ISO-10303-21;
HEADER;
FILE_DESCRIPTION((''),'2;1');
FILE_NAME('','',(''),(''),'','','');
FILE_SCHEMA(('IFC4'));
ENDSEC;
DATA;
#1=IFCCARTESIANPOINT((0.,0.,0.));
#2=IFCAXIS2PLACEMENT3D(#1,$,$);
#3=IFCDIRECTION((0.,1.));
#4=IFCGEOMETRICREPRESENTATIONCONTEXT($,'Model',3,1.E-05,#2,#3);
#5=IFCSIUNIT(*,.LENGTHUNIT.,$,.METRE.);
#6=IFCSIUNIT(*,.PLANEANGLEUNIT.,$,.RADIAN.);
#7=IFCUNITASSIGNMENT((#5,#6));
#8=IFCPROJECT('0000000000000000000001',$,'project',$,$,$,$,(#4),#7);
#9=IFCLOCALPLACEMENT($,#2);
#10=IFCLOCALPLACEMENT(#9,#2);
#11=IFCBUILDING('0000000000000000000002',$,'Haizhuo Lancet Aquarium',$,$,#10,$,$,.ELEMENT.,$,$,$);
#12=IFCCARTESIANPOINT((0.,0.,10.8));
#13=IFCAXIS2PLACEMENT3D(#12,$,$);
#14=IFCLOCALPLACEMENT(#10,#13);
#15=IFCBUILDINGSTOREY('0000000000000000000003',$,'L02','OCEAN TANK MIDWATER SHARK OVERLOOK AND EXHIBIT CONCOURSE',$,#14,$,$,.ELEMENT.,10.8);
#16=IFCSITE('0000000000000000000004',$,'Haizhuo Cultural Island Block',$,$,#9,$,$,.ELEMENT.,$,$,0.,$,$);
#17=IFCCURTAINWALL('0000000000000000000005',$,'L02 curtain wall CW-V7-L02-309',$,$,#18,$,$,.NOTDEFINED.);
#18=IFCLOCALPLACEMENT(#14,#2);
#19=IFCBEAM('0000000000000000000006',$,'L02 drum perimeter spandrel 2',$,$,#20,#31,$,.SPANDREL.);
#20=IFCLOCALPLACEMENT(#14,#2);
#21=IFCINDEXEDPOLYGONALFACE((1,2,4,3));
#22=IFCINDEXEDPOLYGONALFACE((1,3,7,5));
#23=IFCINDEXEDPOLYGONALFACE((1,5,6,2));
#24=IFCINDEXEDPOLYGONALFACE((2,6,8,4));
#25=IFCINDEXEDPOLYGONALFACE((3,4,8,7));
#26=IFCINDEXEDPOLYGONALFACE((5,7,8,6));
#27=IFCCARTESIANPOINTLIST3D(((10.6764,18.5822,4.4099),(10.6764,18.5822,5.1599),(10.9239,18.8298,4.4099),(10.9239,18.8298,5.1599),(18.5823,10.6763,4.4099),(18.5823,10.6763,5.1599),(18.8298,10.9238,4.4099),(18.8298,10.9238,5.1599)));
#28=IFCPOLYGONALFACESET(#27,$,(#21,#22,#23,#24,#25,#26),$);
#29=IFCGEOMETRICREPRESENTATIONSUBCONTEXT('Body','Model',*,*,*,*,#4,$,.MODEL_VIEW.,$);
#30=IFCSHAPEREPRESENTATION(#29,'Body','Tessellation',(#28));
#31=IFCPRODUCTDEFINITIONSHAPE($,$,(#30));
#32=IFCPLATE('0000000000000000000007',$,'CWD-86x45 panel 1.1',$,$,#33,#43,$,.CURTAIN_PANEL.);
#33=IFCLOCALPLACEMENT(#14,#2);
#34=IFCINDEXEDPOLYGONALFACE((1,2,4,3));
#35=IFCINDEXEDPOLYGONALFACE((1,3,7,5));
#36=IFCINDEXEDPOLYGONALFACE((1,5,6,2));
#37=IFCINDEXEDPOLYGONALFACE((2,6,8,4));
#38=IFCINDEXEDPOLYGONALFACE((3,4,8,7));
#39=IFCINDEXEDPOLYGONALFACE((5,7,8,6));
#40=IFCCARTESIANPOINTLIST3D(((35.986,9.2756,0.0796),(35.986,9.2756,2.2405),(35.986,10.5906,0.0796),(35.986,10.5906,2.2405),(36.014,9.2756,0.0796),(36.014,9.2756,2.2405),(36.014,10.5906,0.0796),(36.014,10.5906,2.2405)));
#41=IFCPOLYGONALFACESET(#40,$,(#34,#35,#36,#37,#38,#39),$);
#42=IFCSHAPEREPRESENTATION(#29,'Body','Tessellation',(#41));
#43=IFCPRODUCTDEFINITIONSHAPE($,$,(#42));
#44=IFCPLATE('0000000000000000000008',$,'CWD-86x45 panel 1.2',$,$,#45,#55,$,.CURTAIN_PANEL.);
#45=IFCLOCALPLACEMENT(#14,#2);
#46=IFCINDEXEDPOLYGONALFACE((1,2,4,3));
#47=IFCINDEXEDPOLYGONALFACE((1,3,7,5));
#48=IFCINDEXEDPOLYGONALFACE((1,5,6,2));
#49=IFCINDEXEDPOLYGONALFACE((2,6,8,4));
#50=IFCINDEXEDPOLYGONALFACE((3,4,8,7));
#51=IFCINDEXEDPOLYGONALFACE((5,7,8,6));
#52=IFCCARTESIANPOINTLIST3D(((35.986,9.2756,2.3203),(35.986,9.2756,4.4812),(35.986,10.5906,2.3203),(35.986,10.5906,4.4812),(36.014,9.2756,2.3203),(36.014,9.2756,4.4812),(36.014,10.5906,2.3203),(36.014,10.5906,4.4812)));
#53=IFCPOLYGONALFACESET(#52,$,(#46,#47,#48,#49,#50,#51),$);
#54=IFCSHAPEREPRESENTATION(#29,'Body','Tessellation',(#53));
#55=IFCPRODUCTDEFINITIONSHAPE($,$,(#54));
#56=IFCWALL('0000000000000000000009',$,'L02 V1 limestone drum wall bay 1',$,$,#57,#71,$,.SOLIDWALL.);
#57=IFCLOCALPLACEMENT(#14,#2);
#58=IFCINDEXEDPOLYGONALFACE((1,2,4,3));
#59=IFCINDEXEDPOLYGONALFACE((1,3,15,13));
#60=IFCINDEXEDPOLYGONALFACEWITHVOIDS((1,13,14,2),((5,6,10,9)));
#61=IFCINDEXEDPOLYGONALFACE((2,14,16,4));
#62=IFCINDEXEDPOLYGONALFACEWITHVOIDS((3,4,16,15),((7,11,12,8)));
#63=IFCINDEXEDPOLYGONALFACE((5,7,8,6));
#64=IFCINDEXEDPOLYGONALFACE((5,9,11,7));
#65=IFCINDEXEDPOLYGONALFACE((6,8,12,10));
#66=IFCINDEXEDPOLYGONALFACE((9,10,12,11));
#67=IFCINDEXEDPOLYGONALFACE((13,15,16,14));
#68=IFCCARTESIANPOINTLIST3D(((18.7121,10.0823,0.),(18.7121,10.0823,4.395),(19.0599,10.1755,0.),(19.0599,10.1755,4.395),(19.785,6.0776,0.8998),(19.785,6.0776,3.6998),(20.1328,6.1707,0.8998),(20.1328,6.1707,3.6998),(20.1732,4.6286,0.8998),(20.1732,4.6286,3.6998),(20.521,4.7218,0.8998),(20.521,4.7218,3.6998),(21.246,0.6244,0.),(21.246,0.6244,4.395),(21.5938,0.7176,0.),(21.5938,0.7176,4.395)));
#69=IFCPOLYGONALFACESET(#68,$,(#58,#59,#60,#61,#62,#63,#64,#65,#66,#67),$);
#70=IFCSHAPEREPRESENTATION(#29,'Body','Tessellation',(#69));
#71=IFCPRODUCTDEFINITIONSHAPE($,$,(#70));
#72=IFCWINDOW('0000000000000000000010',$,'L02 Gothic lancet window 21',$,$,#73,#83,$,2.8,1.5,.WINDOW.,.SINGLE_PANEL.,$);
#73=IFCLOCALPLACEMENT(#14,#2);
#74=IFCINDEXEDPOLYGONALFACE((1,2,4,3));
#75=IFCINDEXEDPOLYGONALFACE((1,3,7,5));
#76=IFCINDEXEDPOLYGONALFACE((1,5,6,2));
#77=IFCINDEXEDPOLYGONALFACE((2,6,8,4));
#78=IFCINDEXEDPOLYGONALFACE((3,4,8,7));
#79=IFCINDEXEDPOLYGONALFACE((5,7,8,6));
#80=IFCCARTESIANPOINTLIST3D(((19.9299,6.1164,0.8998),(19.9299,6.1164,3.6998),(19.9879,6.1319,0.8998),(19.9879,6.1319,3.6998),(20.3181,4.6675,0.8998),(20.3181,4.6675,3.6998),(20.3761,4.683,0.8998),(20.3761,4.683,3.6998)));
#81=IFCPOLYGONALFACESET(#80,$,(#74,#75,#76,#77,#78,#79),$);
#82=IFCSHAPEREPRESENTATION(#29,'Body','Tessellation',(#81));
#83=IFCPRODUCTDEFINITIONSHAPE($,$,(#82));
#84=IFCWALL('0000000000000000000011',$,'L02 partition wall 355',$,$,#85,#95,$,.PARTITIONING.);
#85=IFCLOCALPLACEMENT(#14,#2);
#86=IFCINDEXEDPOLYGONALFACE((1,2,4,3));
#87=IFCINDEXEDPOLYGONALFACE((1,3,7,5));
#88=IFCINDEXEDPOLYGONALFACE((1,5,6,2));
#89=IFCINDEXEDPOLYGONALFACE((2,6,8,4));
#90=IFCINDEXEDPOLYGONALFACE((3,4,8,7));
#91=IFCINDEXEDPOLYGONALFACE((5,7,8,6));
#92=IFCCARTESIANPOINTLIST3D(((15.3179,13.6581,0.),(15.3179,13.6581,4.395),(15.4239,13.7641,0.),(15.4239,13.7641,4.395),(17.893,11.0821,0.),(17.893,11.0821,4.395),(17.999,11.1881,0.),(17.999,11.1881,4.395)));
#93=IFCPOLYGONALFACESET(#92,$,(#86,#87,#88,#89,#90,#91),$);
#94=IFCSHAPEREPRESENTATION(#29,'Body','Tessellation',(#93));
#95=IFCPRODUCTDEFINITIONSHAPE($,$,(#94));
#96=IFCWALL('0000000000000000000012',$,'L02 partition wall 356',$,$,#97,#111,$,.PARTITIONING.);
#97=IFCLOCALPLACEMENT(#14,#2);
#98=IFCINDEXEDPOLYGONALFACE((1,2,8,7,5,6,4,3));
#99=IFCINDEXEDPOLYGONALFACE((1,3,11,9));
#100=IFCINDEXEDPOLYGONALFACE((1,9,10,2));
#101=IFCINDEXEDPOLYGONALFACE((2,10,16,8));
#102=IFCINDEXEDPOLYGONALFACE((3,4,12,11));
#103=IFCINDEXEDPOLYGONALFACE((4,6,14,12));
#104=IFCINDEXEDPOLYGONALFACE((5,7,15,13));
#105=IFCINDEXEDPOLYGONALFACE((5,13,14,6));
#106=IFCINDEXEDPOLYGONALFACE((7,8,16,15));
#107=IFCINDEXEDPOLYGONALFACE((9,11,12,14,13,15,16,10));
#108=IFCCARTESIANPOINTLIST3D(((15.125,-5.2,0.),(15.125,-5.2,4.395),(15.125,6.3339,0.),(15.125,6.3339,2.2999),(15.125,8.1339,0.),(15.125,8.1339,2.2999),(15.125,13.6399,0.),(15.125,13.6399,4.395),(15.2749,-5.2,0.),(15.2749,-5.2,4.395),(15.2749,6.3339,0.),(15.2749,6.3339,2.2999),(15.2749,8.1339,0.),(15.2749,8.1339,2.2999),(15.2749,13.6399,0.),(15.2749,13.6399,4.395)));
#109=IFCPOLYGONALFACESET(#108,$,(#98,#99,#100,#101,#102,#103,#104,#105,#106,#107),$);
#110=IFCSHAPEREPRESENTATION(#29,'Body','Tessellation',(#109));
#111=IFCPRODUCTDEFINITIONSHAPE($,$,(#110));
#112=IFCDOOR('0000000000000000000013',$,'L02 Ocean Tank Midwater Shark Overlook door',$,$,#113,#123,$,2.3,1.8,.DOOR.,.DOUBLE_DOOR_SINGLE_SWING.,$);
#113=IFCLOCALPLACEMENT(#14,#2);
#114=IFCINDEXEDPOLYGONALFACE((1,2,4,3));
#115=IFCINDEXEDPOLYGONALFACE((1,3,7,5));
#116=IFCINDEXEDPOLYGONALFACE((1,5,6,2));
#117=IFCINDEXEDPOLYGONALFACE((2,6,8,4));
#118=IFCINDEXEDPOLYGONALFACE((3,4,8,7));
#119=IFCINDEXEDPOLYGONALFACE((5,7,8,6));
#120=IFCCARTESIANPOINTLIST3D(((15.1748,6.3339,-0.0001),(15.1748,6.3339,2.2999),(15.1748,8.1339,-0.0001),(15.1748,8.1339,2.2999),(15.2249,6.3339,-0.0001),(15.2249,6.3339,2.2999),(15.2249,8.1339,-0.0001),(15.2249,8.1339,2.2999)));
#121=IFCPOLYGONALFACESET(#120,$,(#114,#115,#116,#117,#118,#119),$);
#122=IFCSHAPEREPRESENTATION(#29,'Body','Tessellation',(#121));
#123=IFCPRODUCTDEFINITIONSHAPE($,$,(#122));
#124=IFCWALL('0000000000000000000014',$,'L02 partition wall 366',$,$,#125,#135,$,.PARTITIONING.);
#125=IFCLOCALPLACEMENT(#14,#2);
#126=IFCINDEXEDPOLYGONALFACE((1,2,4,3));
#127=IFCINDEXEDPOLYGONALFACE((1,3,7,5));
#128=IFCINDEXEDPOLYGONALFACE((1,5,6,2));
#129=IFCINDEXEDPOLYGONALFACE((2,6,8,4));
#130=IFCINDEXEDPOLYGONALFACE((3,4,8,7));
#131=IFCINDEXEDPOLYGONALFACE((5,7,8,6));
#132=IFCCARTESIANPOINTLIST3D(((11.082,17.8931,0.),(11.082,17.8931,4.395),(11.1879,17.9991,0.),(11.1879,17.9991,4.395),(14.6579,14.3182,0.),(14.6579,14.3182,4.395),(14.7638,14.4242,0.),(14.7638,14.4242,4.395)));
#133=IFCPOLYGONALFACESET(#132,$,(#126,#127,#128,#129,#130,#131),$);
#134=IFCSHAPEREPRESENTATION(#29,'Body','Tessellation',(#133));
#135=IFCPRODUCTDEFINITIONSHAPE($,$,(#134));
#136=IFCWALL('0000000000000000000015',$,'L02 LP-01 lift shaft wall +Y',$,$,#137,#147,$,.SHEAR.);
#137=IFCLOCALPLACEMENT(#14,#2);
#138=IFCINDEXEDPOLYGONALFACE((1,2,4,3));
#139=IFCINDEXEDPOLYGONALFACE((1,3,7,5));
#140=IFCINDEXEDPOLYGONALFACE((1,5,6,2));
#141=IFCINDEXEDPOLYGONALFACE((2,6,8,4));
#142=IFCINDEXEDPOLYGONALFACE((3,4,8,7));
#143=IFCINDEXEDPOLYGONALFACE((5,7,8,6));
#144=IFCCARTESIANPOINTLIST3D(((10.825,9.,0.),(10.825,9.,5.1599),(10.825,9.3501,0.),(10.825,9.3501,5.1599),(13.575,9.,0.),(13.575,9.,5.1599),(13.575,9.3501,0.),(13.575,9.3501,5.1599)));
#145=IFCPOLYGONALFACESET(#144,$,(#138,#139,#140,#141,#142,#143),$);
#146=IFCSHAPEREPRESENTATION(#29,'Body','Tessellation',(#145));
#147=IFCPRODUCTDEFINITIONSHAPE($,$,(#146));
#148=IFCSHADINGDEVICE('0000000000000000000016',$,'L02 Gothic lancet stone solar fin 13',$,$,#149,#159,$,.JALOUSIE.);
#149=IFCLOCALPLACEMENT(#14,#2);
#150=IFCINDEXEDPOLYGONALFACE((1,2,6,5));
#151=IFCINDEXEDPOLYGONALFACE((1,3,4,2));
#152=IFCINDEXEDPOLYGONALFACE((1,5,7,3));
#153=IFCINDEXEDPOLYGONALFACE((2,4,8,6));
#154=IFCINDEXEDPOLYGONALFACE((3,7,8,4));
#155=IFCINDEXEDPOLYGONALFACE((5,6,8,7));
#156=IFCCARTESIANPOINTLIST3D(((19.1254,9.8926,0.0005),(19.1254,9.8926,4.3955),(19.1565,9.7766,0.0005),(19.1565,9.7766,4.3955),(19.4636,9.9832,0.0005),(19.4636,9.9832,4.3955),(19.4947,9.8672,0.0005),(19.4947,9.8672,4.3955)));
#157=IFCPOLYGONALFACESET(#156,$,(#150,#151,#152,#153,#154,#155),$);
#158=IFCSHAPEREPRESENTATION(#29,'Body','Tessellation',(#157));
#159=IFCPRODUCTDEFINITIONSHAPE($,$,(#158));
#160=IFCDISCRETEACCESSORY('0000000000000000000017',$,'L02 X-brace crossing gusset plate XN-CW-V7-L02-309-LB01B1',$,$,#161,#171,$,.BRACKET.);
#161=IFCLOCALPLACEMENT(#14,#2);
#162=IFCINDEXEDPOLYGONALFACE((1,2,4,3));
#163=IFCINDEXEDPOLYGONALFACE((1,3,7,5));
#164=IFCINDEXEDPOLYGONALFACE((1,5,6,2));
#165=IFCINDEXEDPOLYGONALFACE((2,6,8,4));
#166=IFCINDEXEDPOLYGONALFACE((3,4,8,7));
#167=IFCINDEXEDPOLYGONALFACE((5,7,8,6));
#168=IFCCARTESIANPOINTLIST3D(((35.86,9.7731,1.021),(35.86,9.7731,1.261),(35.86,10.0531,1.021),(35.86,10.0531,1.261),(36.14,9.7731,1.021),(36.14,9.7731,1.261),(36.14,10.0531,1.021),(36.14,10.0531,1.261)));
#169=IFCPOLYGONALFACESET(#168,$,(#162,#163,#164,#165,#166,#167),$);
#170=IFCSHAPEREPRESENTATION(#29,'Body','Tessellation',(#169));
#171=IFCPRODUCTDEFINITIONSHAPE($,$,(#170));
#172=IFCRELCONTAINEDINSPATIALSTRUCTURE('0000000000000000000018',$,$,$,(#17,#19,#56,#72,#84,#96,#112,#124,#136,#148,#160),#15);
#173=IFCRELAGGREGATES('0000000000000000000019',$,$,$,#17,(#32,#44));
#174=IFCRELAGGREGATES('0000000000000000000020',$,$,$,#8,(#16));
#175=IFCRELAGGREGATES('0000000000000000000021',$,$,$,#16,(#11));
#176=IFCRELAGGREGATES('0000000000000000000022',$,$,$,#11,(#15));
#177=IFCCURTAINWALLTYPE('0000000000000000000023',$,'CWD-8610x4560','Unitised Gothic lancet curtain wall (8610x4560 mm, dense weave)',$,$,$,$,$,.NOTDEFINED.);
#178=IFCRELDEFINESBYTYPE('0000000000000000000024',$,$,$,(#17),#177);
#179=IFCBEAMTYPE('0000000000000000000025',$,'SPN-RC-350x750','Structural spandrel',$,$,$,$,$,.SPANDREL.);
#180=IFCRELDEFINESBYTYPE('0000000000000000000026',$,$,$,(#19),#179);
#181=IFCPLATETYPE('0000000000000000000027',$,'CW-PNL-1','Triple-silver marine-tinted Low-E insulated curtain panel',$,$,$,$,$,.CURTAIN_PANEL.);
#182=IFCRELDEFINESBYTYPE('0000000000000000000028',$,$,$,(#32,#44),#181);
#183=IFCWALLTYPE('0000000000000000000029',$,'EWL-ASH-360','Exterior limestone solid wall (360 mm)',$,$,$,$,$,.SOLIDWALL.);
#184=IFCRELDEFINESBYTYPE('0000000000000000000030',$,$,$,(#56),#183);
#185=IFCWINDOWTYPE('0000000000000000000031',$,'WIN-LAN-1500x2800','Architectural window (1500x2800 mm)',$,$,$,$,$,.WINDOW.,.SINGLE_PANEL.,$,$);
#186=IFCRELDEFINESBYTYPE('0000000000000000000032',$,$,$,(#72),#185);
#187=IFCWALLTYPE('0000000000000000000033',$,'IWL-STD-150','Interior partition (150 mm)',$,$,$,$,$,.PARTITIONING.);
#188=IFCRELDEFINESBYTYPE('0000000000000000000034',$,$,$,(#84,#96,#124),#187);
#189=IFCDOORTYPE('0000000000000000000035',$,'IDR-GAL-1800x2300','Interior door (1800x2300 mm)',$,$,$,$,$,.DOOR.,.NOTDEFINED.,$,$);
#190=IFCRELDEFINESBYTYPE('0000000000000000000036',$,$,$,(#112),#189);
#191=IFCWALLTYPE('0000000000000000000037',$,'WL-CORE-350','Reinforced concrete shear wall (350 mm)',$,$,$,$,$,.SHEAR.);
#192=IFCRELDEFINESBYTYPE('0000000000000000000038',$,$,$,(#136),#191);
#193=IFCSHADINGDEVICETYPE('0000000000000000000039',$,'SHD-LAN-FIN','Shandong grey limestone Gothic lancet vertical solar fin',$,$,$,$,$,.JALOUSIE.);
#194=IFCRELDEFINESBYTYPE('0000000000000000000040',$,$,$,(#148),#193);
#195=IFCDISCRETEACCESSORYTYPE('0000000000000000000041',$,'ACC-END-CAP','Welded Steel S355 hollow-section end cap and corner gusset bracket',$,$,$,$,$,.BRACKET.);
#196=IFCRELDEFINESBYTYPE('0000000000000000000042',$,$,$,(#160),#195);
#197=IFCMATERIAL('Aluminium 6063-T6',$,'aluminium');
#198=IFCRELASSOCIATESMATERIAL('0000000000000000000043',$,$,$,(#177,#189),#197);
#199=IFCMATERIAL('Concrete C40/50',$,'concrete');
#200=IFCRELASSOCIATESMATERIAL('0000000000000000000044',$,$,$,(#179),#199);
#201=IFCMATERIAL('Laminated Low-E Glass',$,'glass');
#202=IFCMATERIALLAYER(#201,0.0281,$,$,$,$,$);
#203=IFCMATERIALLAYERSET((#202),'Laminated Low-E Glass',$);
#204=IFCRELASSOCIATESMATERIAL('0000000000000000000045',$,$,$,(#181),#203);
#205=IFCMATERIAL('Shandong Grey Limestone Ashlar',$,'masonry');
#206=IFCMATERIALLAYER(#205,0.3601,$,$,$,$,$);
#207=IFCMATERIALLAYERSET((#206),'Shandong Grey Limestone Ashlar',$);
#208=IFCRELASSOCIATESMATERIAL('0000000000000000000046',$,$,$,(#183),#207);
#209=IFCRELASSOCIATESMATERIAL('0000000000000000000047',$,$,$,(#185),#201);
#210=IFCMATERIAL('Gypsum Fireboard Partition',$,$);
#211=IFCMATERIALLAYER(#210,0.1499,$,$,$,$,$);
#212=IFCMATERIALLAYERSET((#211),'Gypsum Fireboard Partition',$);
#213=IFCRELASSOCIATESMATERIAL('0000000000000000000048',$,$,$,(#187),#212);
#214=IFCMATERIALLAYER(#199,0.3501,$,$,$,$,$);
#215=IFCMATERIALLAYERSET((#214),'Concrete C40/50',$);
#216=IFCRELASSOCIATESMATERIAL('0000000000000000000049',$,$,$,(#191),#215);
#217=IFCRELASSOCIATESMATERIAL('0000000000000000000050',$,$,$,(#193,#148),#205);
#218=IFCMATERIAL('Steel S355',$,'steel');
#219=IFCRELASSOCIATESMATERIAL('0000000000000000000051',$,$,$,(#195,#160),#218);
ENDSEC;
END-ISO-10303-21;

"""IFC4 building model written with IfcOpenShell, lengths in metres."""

from ifc_helpers import new_model, si_unit, direction, frame, frame_2d, origin, origin_2d, place, context, subcontext, project, spatial, rectangle, extrude, material, layer, layer_set, material_profile, profile_set, type_object, element, fill, aggregate, save


model = new_model("IFC4")

# Units and contexts
model_context = context("Model", 3, precision=1e-05, world=origin(), true_north=direction((0.0, 1.0)))
body_context = subcontext(model_context, "Body", "Model", "MODEL_VIEW")
ifc_project = project(units=[si_unit("LENGTHUNIT", "METRE"), si_unit("PLANEANGLEUNIT", "RADIAN")], contexts=[model_context])

# Site, building, storey
site_placement = place(None, origin())
site = spatial("IfcSite", under=ifc_project, at=site_placement, Name="Haizhuo Cultural Island Block", CompositionType="ELEMENT", RefElevation=0.0)
building_placement = place(site_placement, origin())
building = spatial("IfcBuilding", under=site, at=building_placement, Name="Haizhuo Lancet Aquarium", CompositionType="ELEMENT")
storey_placement = place(building_placement, frame((0.0, 0.0, 10.8)))
storey = spatial("IfcBuildingStorey", under=building, at=storey_placement, Name="L02", Description="OCEAN TANK MIDWATER SHARK OVERLOOK AND EXHIBIT CONCOURSE", CompositionType="ELEMENT", Elevation=10.8)

# Curtain wall
ifc_material_1 = material(Name="Aluminium 6063-T6", Category="aluminium")
curtain_wall_type = type_object("IfcCurtainWallType", Name="CWD-8610x4560", Description="Unitised Gothic lancet curtain wall (8610x4560 mm, dense weave)", PredefinedType="NOTDEFINED", material=ifc_material_1)
curtain_wall_placement = place(storey_placement, origin())
curtain_wall = element("IfcCurtainWall", 1, at=curtain_wall_placement, inside=storey, type_object=curtain_wall_type, Name="L02 curtain wall CW-V7-L02-309", PredefinedType="NOTDEFINED")

# Shared definitions
ifc_material_2 = material(Name="Steel S355", Category="steel")

# Beam
ifc_material_3 = material(Name="Concrete C40/50", Category="concrete")
ifc_material_profile_1 = material_profile(ifc_material_3, rectangle(XDim=0.3501, YDim=0.75, at=origin_2d()), Name="RC-SP 350x750")
ifc_profile_set_1 = profile_set([ifc_material_profile_1], Name="Concrete C40/50")
beam_type = type_object("IfcBeamType", Name="SPN-RC-350x750", Description="Structural spandrel", PredefinedType="SPANDREL", material=ifc_profile_set_1)
beam_placement = place(storey_placement, frame((18.7061, 10.8, 4.7849), z_axis=(-0.707107, 0.707107, 0.0), x_axis=(-0.707107, -0.707107, 0.0)))
element("IfcBeam", 2, at=beam_placement, inside=storey, type_object=beam_type, Name="L02 drum perimeter spandrel 2", PredefinedType="SPANDREL", context=body_context, shape_type="SweptSolid", body=[
    extrude(rectangle(XDim=0.3501, YDim=0.75, at=origin_2d()), origin(), (0.0, 0.0, 1.0), 11.1807),
])

# Plates
ifc_material_4 = material(Name="Laminated Low-E Glass", Category="glass")
ifc_layer_1 = layer(ifc_material_4, 0.0281)
ifc_layer_set_1 = layer_set([ifc_layer_1], Name="Laminated Low-E Glass")
plate_type = type_object("IfcPlateType", Name="CW-PNL-1", Description="Triple-silver marine-tinted Low-E insulated curtain panel", PredefinedType="CURTAIN_PANEL", material=ifc_layer_set_1)
plate_1_placement = place(storey_placement, frame((36.0, 9.9331, 0.0796), z_axis=(0.0, 0.0, 1.0), x_axis=(0.0, 1.0, 0.0)))
plate_1 = element("IfcPlate", 3, at=plate_1_placement, type_object=plate_type, Name="CWD-86x45 panel 1.1", PredefinedType="CURTAIN_PANEL", context=body_context, shape_type="SweptSolid", body=[
    extrude(rectangle(XDim=1.3149, YDim=0.0281, at=origin_2d()), origin(), (0.0, 0.0, 1.0), 2.1609),
])
plate_2_placement = place(storey_placement, frame((36.0, 9.9331, 2.3203), z_axis=(0.0, 0.0, 1.0), x_axis=(0.0, 1.0, 0.0)))
plate_2 = element("IfcPlate", 4, at=plate_2_placement, type_object=plate_type, Name="CWD-86x45 panel 1.2", PredefinedType="CURTAIN_PANEL", context=body_context, shape_type="SweptSolid", body=[
    extrude(rectangle(XDim=1.3149, YDim=0.0281, at=origin_2d()), origin(), (0.0, 0.0, 1.0), 2.1609),
])
aggregate(curtain_wall, [plate_1, plate_2])

# Wall, opening, window
ifc_material_5 = material(Name="Shandong Grey Limestone Ashlar", Category="masonry")
ifc_layer_2 = layer(ifc_material_5, 0.3601)
ifc_layer_set_2 = layer_set([ifc_layer_2], Name="Shandong Grey Limestone Ashlar")
wall_type_1 = type_object("IfcWallType", Name="EWL-ASH-360", Description="Exterior limestone solid wall (360 mm)", PredefinedType="SOLIDWALL", material=ifc_layer_set_2)
wall_1_placement = place(storey_placement, frame((18.886, 10.1289, 0.0), z_axis=(0.0, 0.0, 1.0), x_axis=(0.258788, -0.965934, 0.0)))
wall_1 = element("IfcWall", 5, at=wall_1_placement, inside=storey, type_object=wall_type_1, Name="L02 V1 limestone drum wall bay 1", PredefinedType="SOLIDWALL", context=body_context, shape_type="SweptSolid", body=[
    extrude(rectangle(XDim=9.7915, YDim=0.3601, at=frame_2d((4.8958, 0.0))), origin(), (0.0, 0.0, 1.0), 4.395),
])
opening_1_placement = place(wall_1_placement, frame((4.146, 0.0, 0.8999)))
opening_1 = element("IfcOpeningElement", 6, at=opening_1_placement, cuts=wall_1, PredefinedType="OPENING", context=body_context, shape_type="SweptSolid", body=[
    extrude(rectangle(XDim=1.5, YDim=2.8, at=frame_2d((0.75, 1.3999))), frame((0.0, 0.1899, 0.0), z_axis=(0.0, -1.0, 0.0), x_axis=(1.0, 0.0, 0.0)), (0.0, 0.0, 1.0), 0.3801),
])
window_type = type_object("IfcWindowType", Name="WIN-LAN-1500x2800", Description="Architectural window (1500x2800 mm)", PartitioningType="SINGLE_PANEL", PredefinedType="WINDOW", material=ifc_material_4)
window_placement = place(opening_1_placement, origin())
window = element("IfcWindow", 7, at=window_placement, inside=storey, type_object=window_type, Name="L02 Gothic lancet window 21", OverallHeight=2.8, OverallWidth=1.5, PartitioningType="SINGLE_PANEL", PredefinedType="WINDOW", context=body_context, shape_type="SweptSolid", body=[
    extrude(rectangle(XDim=1.5, YDim=2.8, at=frame_2d((0.75, 1.3999))), frame((0.0, 0.03, 0.0), z_axis=(0.0, -1.0, 0.0), x_axis=(1.0, 0.0, 0.0)), (0.0, 0.0, 1.0), 0.0601),
])
fill(opening_1, window)

# Wall
ifc_material_6 = material(Name="Gypsum Fireboard Partition")
ifc_layer_3 = layer(ifc_material_6, 0.1499)
ifc_layer_set_3 = layer_set([ifc_layer_3], Name="Gypsum Fireboard Partition")
wall_type_2 = type_object("IfcWallType", Name="IWL-STD-150", Description="Interior partition (150 mm)", PredefinedType="PARTITIONING", material=ifc_layer_set_3)
wall_2_placement = place(storey_placement, frame((17.946, 11.135, 0.0), z_axis=(0.0, 0.0, 1.0), x_axis=(-0.706973, 0.707241, 0.0)))
element("IfcWall", 8, at=wall_2_placement, inside=storey, type_object=wall_type_2, Name="L02 partition wall 355", PredefinedType="PARTITIONING", context=body_context, shape_type="SweptSolid", body=[
    extrude(rectangle(XDim=3.6423, YDim=0.1499, at=frame_2d((1.8213, 0.0))), origin(), (0.0, 0.0, 1.0), 4.395),
])

# Wall, opening, door
wall_3_placement = place(storey_placement, frame((15.2, 13.6399, 0.0), z_axis=(0.0, 0.0, 1.0), x_axis=(0.0, -1.0, 0.0)))
wall_3 = element("IfcWall", 9, at=wall_3_placement, inside=storey, type_object=wall_type_2, Name="L02 partition wall 356", PredefinedType="PARTITIONING", context=body_context, shape_type="SweptSolid", body=[
    extrude(rectangle(XDim=18.8398, YDim=0.1499, at=frame_2d((9.4199, 0.0))), origin(), (0.0, 0.0, 1.0), 4.395),
])
opening_2_placement = place(wall_3_placement, frame((5.5061, 0.0, 0.0)))
opening_2 = element("IfcOpeningElement", 10, at=opening_2_placement, cuts=wall_3, PredefinedType="OPENING", context=body_context, shape_type="SweptSolid", body=[
    extrude(rectangle(XDim=1.8, YDim=2.3, at=frame_2d((0.8999, 1.1499))), frame((0.0, 0.085, 0.0), z_axis=(0.0, -1.0, 0.0), x_axis=(1.0, 0.0, 0.0)), (0.0, 0.0, 1.0), 0.1699),
])
door_type = type_object("IfcDoorType", Name="IDR-GAL-1800x2300", Description="Interior door (1800x2300 mm)", OperationType="NOTDEFINED", PredefinedType="DOOR", material=ifc_material_1)
door_placement = place(opening_2_placement, origin())
door = element("IfcDoor", 11, at=door_placement, inside=storey, type_object=door_type, Name="L02 Ocean Tank Midwater Shark Overlook door", OperationType="DOUBLE_DOOR_SINGLE_SWING", OverallHeight=2.3, OverallWidth=1.8, PredefinedType="DOOR", context=body_context, shape_type="SweptSolid", body=[
    extrude(rectangle(XDim=1.8, YDim=2.3, at=frame_2d((0.8999, 1.1499))), frame((0.0, 0.0249, 0.0), z_axis=(0.0, -1.0, 0.0), x_axis=(1.0, 0.0, 0.0)), (0.0, 0.0, 1.0), 0.05),
])
fill(opening_2, door)

# Walls
wall_4_placement = place(storey_placement, frame((14.7109, 14.3711, 0.0), z_axis=(0.0, 0.0, 1.0), x_axis=(-0.707203, 0.70701, 0.0)))
element("IfcWall", 12, at=wall_4_placement, inside=storey, type_object=wall_type_2, Name="L02 partition wall 366", PredefinedType="PARTITIONING", context=body_context, shape_type="SweptSolid", body=[
    extrude(rectangle(XDim=5.0564, YDim=0.1499, at=frame_2d((2.5283, 0.0))), origin(), (0.0, 0.0, 1.0), 4.395),
])
ifc_layer_4 = layer(ifc_material_3, 0.3501)
ifc_layer_set_4 = layer_set([ifc_layer_4], Name="Concrete C40/50")
wall_type_3 = type_object("IfcWallType", Name="WL-CORE-350", Description="Reinforced concrete shear wall (350 mm)", PredefinedType="SHEAR", material=ifc_layer_set_4)
wall_5_placement = place(storey_placement, frame((13.575, 9.175, 0.0), z_axis=(0.0, 0.0, 1.0), x_axis=(-1.0, 0.0, 0.0)))
element("IfcWall", 13, at=wall_5_placement, inside=storey, type_object=wall_type_3, Name="L02 LP-01 lift shaft wall +Y", PredefinedType="SHEAR", context=body_context, shape_type="SweptSolid", body=[
    extrude(rectangle(XDim=2.75, YDim=0.3501, at=frame_2d((1.375, 0.0))), origin(), (0.0, 0.0, 1.0), 5.1599),
])

# Shading device
shading_device_type = type_object("IfcShadingDeviceType", Name="SHD-LAN-FIN", Description="Shandong grey limestone Gothic lancet vertical solar fin", PredefinedType="JALOUSIE", material=ifc_material_5)
shading_device_placement = place(storey_placement, frame((19.3101, 9.8799, 0.0005), z_axis=(0.0, 0.0, 1.0), x_axis=(0.258794, -0.965933, 0.0)))
element("IfcShadingDevice", 14, at=shading_device_placement, inside=storey, type_object=shading_device_type, material=ifc_material_5, Name="L02 Gothic lancet stone solar fin 13", PredefinedType="JALOUSIE", context=body_context, shape_type="SweptSolid", body=[
    extrude(rectangle(XDim=0.1201, YDim=0.3501, at=origin_2d()), origin(), (0.0, 0.0, 1.0), 4.395),
])

# Discrete accessory
discrete_accessory_type = type_object("IfcDiscreteAccessoryType", Name="ACC-END-CAP", Description="Welded Steel S355 hollow-section end cap and corner gusset bracket", PredefinedType="BRACKET", material=ifc_material_2)
for number, where, z_axis, x_axis, name in (
    (15, (36.0, 9.9131, 1.021), (0.0, 0.0, 1.0), (1.0, 0.0, 0.0), "L02 X-brace crossing gusset plate XN-CW-V7-L02-309-LB01B1"),
):
    element("IfcDiscreteAccessory", number, at=place(storey_placement, frame(where, z_axis=z_axis, x_axis=x_axis)), inside=storey, type_object=discrete_accessory_type, material=ifc_material_2, Name=name, PredefinedType="BRACKET", context=body_context, shape_type="SweptSolid", body=[
        extrude(rectangle(XDim=0.28, YDim=0.28, at=origin_2d()), origin(), (0.0, 0.0, 1.0), 0.24),
    ])

save(model, "model.ifc")
